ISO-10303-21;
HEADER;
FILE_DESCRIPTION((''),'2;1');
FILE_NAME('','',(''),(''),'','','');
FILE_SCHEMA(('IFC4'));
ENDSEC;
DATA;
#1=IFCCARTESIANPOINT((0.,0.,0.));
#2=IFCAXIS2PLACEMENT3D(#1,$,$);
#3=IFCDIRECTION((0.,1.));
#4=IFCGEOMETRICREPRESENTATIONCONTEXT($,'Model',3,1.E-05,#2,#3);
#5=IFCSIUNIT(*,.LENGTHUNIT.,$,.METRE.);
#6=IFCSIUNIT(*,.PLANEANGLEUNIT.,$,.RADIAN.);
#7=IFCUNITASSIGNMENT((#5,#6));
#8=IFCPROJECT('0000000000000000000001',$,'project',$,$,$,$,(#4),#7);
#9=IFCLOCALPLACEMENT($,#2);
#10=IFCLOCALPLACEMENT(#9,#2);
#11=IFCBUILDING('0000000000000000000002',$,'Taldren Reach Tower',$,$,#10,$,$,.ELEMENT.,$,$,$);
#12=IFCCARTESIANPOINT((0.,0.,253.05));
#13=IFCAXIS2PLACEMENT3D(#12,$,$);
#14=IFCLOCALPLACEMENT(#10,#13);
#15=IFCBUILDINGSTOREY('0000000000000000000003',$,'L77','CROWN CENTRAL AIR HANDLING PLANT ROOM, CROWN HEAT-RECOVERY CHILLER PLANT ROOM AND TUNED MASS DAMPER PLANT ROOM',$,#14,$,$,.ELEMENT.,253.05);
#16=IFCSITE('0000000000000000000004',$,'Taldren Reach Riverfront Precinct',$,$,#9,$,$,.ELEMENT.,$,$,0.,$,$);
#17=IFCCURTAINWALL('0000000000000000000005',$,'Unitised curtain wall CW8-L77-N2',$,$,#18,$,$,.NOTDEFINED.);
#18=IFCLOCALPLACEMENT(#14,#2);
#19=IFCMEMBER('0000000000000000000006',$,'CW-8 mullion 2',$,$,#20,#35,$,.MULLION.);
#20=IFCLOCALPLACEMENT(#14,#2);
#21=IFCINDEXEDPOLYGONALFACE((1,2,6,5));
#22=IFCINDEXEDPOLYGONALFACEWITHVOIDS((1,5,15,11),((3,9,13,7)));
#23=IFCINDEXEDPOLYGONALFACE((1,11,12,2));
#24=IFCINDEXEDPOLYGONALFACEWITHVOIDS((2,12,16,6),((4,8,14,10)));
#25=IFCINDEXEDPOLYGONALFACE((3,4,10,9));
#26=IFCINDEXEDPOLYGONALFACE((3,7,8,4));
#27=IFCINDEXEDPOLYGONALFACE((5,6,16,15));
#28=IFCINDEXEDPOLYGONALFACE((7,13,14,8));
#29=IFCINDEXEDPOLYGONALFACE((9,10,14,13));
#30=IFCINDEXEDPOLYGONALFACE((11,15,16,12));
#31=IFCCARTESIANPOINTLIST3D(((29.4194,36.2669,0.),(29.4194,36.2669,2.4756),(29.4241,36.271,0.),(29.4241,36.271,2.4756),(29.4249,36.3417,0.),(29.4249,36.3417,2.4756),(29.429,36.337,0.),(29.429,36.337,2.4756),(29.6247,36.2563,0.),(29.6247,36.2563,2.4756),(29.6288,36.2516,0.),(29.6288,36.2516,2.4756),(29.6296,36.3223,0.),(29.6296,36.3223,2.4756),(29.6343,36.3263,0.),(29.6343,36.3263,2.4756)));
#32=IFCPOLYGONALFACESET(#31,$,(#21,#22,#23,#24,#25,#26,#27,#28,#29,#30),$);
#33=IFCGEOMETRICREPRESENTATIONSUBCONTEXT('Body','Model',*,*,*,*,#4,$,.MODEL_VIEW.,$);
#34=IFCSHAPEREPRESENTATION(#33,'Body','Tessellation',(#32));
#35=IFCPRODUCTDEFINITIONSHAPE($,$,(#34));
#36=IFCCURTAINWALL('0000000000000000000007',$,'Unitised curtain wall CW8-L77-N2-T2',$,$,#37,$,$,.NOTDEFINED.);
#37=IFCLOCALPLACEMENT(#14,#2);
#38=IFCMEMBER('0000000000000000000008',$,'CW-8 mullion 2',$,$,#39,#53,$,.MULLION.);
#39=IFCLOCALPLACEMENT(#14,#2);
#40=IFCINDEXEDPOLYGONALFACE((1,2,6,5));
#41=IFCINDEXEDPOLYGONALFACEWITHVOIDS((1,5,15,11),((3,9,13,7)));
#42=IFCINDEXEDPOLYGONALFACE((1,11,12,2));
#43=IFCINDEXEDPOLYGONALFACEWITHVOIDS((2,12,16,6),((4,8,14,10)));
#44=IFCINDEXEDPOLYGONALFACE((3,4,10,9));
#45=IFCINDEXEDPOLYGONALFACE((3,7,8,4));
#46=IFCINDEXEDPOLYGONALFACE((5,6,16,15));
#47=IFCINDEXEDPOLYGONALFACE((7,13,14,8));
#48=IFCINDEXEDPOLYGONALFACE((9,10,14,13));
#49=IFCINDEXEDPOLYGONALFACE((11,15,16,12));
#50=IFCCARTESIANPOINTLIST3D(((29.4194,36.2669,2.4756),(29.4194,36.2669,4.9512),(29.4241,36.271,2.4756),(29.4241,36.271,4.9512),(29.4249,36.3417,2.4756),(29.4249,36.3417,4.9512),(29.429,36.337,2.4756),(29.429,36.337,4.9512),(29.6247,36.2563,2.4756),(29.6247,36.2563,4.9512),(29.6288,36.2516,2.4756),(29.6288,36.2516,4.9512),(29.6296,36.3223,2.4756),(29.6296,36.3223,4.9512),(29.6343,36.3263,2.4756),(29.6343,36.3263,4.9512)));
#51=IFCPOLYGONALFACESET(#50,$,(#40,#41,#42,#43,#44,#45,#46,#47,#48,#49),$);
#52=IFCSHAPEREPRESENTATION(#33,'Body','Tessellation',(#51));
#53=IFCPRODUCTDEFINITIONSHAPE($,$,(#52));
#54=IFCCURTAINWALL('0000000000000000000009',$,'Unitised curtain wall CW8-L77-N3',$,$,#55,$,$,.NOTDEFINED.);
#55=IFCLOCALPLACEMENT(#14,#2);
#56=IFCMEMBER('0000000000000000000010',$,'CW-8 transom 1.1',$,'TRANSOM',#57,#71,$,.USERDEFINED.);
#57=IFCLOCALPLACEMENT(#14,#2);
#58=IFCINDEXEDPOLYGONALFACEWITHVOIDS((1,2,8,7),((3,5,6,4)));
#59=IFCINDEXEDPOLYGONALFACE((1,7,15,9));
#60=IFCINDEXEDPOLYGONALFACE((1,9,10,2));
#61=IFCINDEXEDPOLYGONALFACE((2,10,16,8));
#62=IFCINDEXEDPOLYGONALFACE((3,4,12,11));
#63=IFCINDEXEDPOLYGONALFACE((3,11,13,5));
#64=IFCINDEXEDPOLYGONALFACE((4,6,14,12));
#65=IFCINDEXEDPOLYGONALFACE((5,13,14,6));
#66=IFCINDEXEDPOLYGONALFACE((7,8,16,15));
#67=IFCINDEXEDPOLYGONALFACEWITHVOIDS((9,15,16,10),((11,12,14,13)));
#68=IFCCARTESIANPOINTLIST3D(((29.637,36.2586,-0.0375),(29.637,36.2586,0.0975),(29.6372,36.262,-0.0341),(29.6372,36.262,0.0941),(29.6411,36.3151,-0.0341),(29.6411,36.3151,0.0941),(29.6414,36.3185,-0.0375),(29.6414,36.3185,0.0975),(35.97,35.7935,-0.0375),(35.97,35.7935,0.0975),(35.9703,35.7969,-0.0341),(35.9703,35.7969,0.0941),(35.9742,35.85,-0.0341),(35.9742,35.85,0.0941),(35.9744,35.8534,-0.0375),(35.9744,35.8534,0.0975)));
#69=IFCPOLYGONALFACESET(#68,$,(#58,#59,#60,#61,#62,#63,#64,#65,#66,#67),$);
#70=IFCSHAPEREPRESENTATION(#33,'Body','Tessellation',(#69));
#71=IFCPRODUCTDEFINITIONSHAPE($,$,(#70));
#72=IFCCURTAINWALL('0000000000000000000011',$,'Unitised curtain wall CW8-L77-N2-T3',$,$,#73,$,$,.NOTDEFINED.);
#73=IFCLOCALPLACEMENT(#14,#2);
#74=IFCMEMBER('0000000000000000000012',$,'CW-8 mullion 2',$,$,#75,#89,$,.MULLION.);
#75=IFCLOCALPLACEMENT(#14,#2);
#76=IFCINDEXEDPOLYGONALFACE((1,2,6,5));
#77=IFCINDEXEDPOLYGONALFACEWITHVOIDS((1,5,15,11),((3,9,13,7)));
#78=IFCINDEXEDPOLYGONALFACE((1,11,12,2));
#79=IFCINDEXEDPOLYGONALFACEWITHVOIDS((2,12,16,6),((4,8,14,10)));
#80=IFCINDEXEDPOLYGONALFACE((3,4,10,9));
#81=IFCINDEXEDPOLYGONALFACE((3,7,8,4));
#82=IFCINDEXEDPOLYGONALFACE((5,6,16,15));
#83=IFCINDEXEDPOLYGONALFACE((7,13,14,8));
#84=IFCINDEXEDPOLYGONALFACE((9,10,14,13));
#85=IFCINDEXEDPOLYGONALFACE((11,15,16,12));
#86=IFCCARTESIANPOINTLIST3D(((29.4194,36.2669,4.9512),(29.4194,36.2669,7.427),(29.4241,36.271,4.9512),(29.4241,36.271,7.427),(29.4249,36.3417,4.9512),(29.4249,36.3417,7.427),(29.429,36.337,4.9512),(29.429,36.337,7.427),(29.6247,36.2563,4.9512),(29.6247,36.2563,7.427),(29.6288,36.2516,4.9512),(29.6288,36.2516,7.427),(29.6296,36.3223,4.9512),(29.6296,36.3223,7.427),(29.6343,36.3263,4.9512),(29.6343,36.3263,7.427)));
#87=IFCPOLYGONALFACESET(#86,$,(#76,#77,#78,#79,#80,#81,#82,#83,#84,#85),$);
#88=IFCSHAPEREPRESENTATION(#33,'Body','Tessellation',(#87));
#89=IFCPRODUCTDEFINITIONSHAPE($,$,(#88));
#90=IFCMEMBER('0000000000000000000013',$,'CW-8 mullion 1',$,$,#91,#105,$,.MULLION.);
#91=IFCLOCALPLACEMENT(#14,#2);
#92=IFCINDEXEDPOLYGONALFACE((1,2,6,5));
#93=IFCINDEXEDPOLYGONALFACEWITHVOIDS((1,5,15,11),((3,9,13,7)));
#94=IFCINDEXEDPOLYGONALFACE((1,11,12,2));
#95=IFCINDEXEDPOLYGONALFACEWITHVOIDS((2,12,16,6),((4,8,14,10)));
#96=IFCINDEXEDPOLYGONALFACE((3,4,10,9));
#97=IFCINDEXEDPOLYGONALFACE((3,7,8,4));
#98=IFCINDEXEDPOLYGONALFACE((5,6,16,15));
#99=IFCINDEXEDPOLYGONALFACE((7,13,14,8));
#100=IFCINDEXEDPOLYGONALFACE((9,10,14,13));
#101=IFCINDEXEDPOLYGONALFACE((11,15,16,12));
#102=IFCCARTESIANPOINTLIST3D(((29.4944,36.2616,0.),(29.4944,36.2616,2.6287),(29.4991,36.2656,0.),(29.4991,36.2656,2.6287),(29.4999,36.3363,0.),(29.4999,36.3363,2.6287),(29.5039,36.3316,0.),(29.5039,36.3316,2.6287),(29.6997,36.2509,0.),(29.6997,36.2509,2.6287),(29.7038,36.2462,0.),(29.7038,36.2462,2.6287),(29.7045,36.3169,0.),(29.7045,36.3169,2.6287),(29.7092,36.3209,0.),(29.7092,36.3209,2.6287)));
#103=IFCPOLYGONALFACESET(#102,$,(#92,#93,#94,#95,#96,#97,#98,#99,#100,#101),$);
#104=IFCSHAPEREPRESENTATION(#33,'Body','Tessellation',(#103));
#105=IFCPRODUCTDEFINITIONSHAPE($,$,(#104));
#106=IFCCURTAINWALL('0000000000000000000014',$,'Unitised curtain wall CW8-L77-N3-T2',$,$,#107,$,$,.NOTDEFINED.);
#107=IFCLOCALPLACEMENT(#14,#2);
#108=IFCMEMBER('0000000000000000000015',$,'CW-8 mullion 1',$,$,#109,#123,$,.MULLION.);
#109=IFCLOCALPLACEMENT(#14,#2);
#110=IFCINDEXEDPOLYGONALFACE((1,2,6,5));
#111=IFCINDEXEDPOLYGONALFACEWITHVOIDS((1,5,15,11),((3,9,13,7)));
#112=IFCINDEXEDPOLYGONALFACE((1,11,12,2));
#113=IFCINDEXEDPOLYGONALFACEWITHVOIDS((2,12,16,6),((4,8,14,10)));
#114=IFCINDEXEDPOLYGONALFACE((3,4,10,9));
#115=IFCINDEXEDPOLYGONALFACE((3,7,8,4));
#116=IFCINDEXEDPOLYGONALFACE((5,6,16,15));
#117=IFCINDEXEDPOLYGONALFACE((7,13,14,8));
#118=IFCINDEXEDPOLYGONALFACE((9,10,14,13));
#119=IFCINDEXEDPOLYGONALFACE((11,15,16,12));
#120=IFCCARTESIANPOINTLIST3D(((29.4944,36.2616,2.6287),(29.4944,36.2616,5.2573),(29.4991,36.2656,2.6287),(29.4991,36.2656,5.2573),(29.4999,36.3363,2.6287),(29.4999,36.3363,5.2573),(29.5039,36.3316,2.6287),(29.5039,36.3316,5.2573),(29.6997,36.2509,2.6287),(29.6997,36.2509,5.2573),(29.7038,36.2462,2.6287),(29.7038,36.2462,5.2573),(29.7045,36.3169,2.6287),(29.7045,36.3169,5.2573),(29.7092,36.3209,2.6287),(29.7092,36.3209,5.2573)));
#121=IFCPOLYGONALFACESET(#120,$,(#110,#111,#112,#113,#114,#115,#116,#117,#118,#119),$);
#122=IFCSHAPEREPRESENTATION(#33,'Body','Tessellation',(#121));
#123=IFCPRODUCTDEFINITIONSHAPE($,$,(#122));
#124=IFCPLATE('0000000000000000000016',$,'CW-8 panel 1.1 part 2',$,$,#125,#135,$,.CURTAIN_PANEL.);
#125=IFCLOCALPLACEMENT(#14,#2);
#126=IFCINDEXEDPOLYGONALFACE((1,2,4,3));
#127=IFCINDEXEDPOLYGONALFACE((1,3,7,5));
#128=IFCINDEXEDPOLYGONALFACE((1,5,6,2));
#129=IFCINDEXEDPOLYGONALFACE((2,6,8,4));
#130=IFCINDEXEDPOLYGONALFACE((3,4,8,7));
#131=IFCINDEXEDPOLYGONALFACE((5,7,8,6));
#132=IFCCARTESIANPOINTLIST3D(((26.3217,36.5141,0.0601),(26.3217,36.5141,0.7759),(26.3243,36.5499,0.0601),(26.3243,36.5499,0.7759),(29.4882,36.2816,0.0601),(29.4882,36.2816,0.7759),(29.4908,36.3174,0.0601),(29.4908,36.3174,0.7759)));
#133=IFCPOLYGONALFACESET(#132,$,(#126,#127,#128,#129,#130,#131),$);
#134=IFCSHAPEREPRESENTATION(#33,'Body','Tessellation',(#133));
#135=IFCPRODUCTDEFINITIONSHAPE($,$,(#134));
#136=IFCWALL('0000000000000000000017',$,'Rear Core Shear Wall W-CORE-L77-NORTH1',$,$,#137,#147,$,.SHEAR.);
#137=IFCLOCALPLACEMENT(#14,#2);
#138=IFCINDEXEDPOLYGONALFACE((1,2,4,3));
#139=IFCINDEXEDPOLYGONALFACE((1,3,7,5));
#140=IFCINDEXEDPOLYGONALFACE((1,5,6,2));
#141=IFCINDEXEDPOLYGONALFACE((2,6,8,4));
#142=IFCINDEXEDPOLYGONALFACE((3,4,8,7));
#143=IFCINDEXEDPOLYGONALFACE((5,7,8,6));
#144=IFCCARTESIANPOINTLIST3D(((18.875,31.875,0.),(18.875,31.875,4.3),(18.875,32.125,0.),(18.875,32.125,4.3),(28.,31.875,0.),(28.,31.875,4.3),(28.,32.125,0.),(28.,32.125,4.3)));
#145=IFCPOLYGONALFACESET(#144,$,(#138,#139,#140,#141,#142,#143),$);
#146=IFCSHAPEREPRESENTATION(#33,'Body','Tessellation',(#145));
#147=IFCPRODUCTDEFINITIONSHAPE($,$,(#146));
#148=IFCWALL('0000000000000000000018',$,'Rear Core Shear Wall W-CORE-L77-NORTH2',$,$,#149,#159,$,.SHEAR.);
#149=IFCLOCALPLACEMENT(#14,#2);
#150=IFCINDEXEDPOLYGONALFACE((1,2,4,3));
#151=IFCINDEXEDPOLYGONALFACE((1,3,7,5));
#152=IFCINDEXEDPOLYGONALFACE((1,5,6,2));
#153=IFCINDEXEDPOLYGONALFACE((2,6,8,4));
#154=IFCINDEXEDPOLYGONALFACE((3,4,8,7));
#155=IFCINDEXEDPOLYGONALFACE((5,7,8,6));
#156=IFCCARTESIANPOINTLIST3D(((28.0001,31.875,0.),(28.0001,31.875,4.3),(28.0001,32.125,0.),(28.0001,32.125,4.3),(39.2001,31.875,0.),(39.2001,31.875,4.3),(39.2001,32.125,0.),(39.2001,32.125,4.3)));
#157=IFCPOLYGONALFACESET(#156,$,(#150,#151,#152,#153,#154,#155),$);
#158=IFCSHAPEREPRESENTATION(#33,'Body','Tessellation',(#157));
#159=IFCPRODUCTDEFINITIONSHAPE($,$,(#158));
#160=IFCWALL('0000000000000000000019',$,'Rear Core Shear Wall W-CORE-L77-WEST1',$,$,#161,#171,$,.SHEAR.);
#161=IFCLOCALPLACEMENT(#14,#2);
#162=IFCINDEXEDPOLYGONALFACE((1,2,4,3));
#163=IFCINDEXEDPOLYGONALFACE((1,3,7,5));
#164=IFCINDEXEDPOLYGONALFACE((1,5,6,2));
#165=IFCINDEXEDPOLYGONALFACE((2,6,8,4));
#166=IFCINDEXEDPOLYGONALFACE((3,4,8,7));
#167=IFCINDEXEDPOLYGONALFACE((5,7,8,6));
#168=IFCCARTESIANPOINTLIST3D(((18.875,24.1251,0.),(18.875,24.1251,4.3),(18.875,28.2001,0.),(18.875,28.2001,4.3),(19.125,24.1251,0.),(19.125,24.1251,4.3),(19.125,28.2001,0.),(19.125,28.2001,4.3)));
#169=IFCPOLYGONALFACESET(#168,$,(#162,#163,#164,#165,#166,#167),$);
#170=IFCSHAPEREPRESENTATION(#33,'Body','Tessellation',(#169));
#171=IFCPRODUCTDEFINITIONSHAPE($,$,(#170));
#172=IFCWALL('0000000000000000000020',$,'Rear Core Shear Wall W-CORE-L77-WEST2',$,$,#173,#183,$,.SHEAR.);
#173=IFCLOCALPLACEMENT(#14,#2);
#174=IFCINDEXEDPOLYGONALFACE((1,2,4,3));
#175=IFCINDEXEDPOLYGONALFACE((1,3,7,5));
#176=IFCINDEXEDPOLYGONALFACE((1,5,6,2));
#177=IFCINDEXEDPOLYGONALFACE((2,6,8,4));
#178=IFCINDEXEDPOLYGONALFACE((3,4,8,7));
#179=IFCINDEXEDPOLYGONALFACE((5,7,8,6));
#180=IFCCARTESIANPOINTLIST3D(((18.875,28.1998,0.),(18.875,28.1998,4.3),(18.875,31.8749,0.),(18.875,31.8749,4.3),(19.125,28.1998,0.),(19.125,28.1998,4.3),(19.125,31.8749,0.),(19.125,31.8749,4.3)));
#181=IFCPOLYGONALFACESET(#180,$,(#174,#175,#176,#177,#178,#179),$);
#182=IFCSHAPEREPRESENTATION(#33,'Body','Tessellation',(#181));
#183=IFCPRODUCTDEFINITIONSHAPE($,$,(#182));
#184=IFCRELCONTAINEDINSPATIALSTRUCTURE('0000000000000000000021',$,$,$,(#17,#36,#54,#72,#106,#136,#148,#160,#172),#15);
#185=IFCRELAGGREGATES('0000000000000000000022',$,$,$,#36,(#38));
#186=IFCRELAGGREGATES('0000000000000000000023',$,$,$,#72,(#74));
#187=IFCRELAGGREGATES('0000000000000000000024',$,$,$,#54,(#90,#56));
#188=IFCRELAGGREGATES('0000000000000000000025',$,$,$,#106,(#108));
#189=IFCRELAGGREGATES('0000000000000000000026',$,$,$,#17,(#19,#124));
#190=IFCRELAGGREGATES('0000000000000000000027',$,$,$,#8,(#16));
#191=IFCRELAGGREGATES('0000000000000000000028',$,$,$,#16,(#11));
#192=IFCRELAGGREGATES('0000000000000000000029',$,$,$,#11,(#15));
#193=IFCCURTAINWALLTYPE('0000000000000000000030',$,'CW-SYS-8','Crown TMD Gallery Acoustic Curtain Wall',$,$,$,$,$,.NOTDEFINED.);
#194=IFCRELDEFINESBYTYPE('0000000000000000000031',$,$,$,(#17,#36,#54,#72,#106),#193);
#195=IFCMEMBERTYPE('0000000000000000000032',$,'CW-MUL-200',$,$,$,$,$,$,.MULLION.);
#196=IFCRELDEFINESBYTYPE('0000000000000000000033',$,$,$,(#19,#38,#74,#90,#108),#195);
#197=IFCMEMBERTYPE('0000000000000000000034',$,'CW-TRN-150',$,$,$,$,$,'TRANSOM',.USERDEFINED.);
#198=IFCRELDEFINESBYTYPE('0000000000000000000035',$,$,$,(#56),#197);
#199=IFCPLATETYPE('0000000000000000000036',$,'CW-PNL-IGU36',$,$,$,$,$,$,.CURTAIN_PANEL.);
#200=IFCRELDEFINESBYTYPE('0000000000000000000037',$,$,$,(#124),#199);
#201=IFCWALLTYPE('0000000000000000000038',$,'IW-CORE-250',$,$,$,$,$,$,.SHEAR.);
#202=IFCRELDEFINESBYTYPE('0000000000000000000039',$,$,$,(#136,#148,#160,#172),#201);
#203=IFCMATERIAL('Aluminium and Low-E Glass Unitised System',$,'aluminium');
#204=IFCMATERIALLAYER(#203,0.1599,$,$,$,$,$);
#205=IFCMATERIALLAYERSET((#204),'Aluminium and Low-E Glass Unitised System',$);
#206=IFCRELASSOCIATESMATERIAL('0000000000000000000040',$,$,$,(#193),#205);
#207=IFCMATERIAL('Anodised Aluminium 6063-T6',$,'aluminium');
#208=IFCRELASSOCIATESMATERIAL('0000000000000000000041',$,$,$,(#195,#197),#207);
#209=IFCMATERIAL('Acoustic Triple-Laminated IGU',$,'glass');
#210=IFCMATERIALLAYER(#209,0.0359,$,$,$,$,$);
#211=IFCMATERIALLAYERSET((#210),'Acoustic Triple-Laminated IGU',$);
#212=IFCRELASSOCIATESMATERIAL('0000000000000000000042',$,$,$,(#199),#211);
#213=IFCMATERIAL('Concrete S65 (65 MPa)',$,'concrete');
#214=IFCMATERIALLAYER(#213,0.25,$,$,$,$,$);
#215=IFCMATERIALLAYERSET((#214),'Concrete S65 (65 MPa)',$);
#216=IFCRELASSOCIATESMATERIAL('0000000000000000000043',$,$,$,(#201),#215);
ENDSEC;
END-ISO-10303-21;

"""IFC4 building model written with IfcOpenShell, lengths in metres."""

from ifc_helpers import new_model, si_unit, direction, frame, frame_2d, origin, origin_2d, place, context, subcontext, project, spatial, rectangle, hollow_rectangle, extrude, source, transform, mapped, material, layer, layer_set, material_profile, profile_set, type_object, element, aggregate, save


model = new_model("IFC4")

# Units and contexts
model_context = context("Model", 3, precision=1e-05, world=origin(), true_north=direction((0.0, 1.0)))
body_context = subcontext(model_context, "Body", "Model", "MODEL_VIEW")
ifc_project = project(units=[si_unit("LENGTHUNIT", "METRE"), si_unit("PLANEANGLEUNIT", "RADIAN")], contexts=[model_context])

# Site, building, storey
site_placement = place(None, origin())
site = spatial("IfcSite", under=ifc_project, at=site_placement, Name="Taldren Reach Riverfront Precinct", CompositionType="ELEMENT", RefElevation=0.0)
building_placement = place(site_placement, origin())
building = spatial("IfcBuilding", under=site, at=building_placement, Name="Taldren Reach Tower", CompositionType="ELEMENT")
storey_placement = place(building_placement, frame((0.0, 0.0, 253.05)))
storey = spatial("IfcBuildingStorey", under=building, at=storey_placement, Name="L77", Description="CROWN CENTRAL AIR HANDLING PLANT ROOM, CROWN HEAT-RECOVERY CHILLER PLANT ROOM AND TUNED MASS DAMPER PLANT ROOM", CompositionType="ELEMENT", Elevation=253.05)

# Curtain walls, members
ifc_material_1 = material(Name="Aluminium and Low-E Glass Unitised System", Category="aluminium")
ifc_layer_1 = layer(ifc_material_1, 0.1599)
ifc_layer_set_1 = layer_set([ifc_layer_1], Name="Aluminium and Low-E Glass Unitised System")
curtain_wall_type = type_object("IfcCurtainWallType", Name="CW-SYS-8", Description="Crown TMD Gallery Acoustic Curtain Wall", PredefinedType="NOTDEFINED", material=ifc_layer_set_1)
curtain_wall_1_placement = place(storey_placement, origin())
curtain_wall_1 = element("IfcCurtainWall", 1, at=curtain_wall_1_placement, inside=storey, type_object=curtain_wall_type, Name="Unitised curtain wall CW8-L77-N2", PredefinedType="NOTDEFINED")
ifc_material_2 = material(Name="Anodised Aluminium 6063-T6", Category="aluminium")
ifc_material_profile_1 = material_profile(ifc_material_2, hollow_rectangle(XDim=0.075, YDim=0.21, WallThickness=0.0044, at=origin_2d()), Name="ALU-210x75x4.5RHS")
ifc_profile_set_1 = profile_set([ifc_material_profile_1], Name="Anodised Aluminium 6063-T6")
member_type_1 = type_object("IfcMemberType", Name="CW-MUL-200", PredefinedType="MULLION", material=ifc_profile_set_1)
shared_shape_1 = source(origin(), body_context, "Body", "SweptSolid", [
    extrude(hollow_rectangle(XDim=0.075, YDim=0.21, WallThickness=0.0044, at=origin_2d()), origin(), (0.0, 0.0, 1.0), 2.4756),
])
member_1_placement = place(storey_placement, frame((29.5269, 36.2966, 0.0), z_axis=(0.0, 0.0, 1.0), x_axis=(0.073238, 0.997314, 0.0)))
member_1 = element("IfcMember", 2, at=member_1_placement, type_object=member_type_1, Name="CW-8 mullion 2", PredefinedType="MULLION", context=body_context, shape_type="MappedRepresentation", body=[
    mapped(shared_shape_1, transform((0.0, 0.0, 0.0), scale=1.0)),
])
curtain_wall_2_placement = place(storey_placement, origin())
curtain_wall_2 = element("IfcCurtainWall", 3, at=curtain_wall_2_placement, inside=storey, type_object=curtain_wall_type, Name="Unitised curtain wall CW8-L77-N2-T2", PredefinedType="NOTDEFINED")
member_2_placement = place(storey_placement, frame((29.5269, 36.2966, 2.4756), z_axis=(0.0, 0.0, 1.0), x_axis=(0.073238, 0.997314, 0.0)))
member_2 = element("IfcMember", 4, at=member_2_placement, type_object=member_type_1, Name="CW-8 mullion 2", PredefinedType="MULLION", context=body_context, shape_type="MappedRepresentation", body=[
    mapped(shared_shape_1, transform((0.0, 0.0, 0.0), scale=1.0)),
])
aggregate(curtain_wall_2, [member_2])
curtain_wall_3_placement = place(storey_placement, origin())
curtain_wall_3 = element("IfcCurtainWall", 5, at=curtain_wall_3_placement, inside=storey, type_object=curtain_wall_type, Name="Unitised curtain wall CW8-L77-N3", PredefinedType="NOTDEFINED")
ifc_material_profile_2 = material_profile(ifc_material_2, hollow_rectangle(XDim=0.0601, YDim=0.135, WallThickness=0.0034, at=origin_2d()), Name="ALU-135x60x3.5RHS")
ifc_profile_set_2 = profile_set([ifc_material_profile_2], Name="Anodised Aluminium 6063-T6")
member_type_2 = type_object("IfcMemberType", Name="CW-TRN-150", ElementType="TRANSOM", PredefinedType="USERDEFINED", material=ifc_profile_set_2)
shared_shape_2 = source(origin(), body_context, "Body", "SweptSolid", [
    extrude(hollow_rectangle(XDim=0.0601, YDim=0.135, WallThickness=0.0034, at=origin_2d()), origin(), (0.0, 0.0, 1.0), 6.3501),
])
member_3_placement = place(storey_placement, frame((29.6392, 36.2886, 0.03), z_axis=(0.997314, -0.073241, 0.0), x_axis=(0.073241, 0.997314, 0.0)))
member_3 = element("IfcMember", 6, at=member_3_placement, type_object=member_type_2, Name="CW-8 transom 1.1", ObjectType="TRANSOM", PredefinedType="USERDEFINED", context=body_context, shape_type="MappedRepresentation", body=[
    mapped(shared_shape_2, transform((0.0, 0.0, 0.0), scale=1.0)),
])
curtain_wall_4_placement = place(storey_placement, origin())
curtain_wall_4 = element("IfcCurtainWall", 7, at=curtain_wall_4_placement, inside=storey, type_object=curtain_wall_type, Name="Unitised curtain wall CW8-L77-N2-T3", PredefinedType="NOTDEFINED")
shared_shape_3 = source(origin(), body_context, "Body", "SweptSolid", [
    extrude(hollow_rectangle(XDim=0.075, YDim=0.21, WallThickness=0.0044, at=origin_2d()), origin(), (0.0, 0.0, 1.0), 2.4758),
])
member_4_placement = place(storey_placement, frame((29.5269, 36.2966, 4.9512), z_axis=(0.0, 0.0, 1.0), x_axis=(0.073238, 0.997314, 0.0)))
member_4 = element("IfcMember", 8, at=member_4_placement, type_object=member_type_1, Name="CW-8 mullion 2", PredefinedType="MULLION", context=body_context, shape_type="MappedRepresentation", body=[
    mapped(shared_shape_3, transform((0.0, 0.0, 0.0), scale=1.0)),
])
aggregate(curtain_wall_4, [member_4])

# Member
shared_shape_4 = source(origin(), body_context, "Body", "SweptSolid", [
    extrude(hollow_rectangle(XDim=0.075, YDim=0.21, WallThickness=0.0044, at=origin_2d()), origin(), (0.0, 0.0, 1.0), 2.6287),
])
member_5_placement = place(storey_placement, frame((29.6018, 36.2913, 0.0), z_axis=(0.0, 0.0, 1.0), x_axis=(0.073237, 0.997315, 0.0)))
member_5 = element("IfcMember", 9, at=member_5_placement, type_object=member_type_1, Name="CW-8 mullion 1", PredefinedType="MULLION", context=body_context, shape_type="MappedRepresentation", body=[
    mapped(shared_shape_4, transform((0.0, 0.0, 0.0), scale=1.0)),
])
aggregate(curtain_wall_3, [member_5, member_3])

# Curtain wall, member
curtain_wall_5_placement = place(storey_placement, origin())
curtain_wall_5 = element("IfcCurtainWall", 10, at=curtain_wall_5_placement, inside=storey, type_object=curtain_wall_type, Name="Unitised curtain wall CW8-L77-N3-T2", PredefinedType="NOTDEFINED")
member_6_placement = place(storey_placement, frame((29.6018, 36.2913, 2.6287), z_axis=(0.0, 0.0, 1.0), x_axis=(0.073237, 0.997315, 0.0)))
member_6 = element("IfcMember", 11, at=member_6_placement, type_object=member_type_1, Name="CW-8 mullion 1", PredefinedType="MULLION", context=body_context, shape_type="MappedRepresentation", body=[
    mapped(shared_shape_4, transform((0.0, 0.0, 0.0), scale=1.0)),
])
aggregate(curtain_wall_5, [member_6])

# Plate
ifc_material_3 = material(Name="Acoustic Triple-Laminated IGU", Category="glass")
ifc_layer_2 = layer(ifc_material_3, 0.0359)
ifc_layer_set_2 = layer_set([ifc_layer_2], Name="Acoustic Triple-Laminated IGU")
plate_type = type_object("IfcPlateType", Name="CW-PNL-IGU36", PredefinedType="CURTAIN_PANEL", material=ifc_layer_set_2)
shared_shape_5 = source(origin(), body_context, "Body", "SweptSolid", [
    extrude(rectangle(XDim=3.175, YDim=0.0359, at=origin_2d()), origin(), (0.0, 0.0, 1.0), 0.7158),
])
plate_placement = place(storey_placement, frame((27.9062, 36.4158, 0.0601), z_axis=(0.0, 0.0, 1.0), x_axis=(0.997314, -0.073238, 0.0)))
plate = element("IfcPlate", 12, at=plate_placement, type_object=plate_type, Name="CW-8 panel 1.1 part 2", PredefinedType="CURTAIN_PANEL", context=body_context, shape_type="MappedRepresentation", body=[
    mapped(shared_shape_5, transform((0.0, 0.0, 0.0), scale=1.0)),
])
aggregate(curtain_wall_1, [member_1, plate])

# Walls
ifc_material_4 = material(Name="Concrete S65 (65 MPa)", Category="concrete")
ifc_layer_3 = layer(ifc_material_4, 0.25)
ifc_layer_set_3 = layer_set([ifc_layer_3], Name="Concrete S65 (65 MPa)")
wall_type_1 = type_object("IfcWallType", Name="IW-CORE-250", PredefinedType="SHEAR", material=ifc_layer_set_3)
shared_shape_6 = source(origin(), body_context, "Body", "SweptSolid", [
    extrude(rectangle(XDim=9.125, YDim=0.25, at=frame_2d((4.5625, 0.0))), origin(), (0.0, 0.0, 1.0), 4.3),
])
wall_1_placement = place(storey_placement, frame((18.875, 32.0, 0.0), z_axis=(0.0, 0.0, 1.0), x_axis=(1.0, 0.0, 0.0)))
element("IfcWall", 13, at=wall_1_placement, inside=storey, type_object=wall_type_1, Name="Rear Core Shear Wall W-CORE-L77-NORTH1", PredefinedType="SHEAR", context=body_context, shape_type="MappedRepresentation", body=[
    mapped(shared_shape_6, transform((0.0, 0.0, 0.0), scale=1.0)),
])
shared_shape_7 = source(origin(), body_context, "Body", "SweptSolid", [
    extrude(rectangle(XDim=11.2, YDim=0.25, at=frame_2d((5.6001, 0.0))), origin(), (0.0, 0.0, 1.0), 4.3),
])
wall_2_placement = place(storey_placement, frame((28.0, 32.0, 0.0), z_axis=(0.0, 0.0, 1.0), x_axis=(1.0, 0.0, 0.0)))
element("IfcWall", 14, at=wall_2_placement, inside=storey, type_object=wall_type_1, Name="Rear Core Shear Wall W-CORE-L77-NORTH2", PredefinedType="SHEAR", context=body_context, shape_type="MappedRepresentation", body=[
    mapped(shared_shape_7, transform((0.0, 0.0, 0.0), scale=1.0)),
])
shared_shape_8 = source(origin(), body_context, "Body", "SweptSolid", [
    extrude(rectangle(XDim=4.075, YDim=0.25, at=frame_2d((2.0376, 0.0))), origin(), (0.0, 0.0, 1.0), 4.3),
])
wall_3_placement = place(storey_placement, frame((19.0, 24.125, 0.0), z_axis=(0.0, 0.0, 1.0), x_axis=(0.0, 1.0, 0.0)))
element("IfcWall", 15, at=wall_3_placement, inside=storey, type_object=wall_type_1, Name="Rear Core Shear Wall W-CORE-L77-WEST1", PredefinedType="SHEAR", context=body_context, shape_type="MappedRepresentation", body=[
    mapped(shared_shape_8, transform((0.0, 0.0, 0.0), scale=1.0)),
])
shared_shape_9 = source(origin(), body_context, "Body", "SweptSolid", [
    extrude(rectangle(XDim=3.675, YDim=0.25, at=frame_2d((1.8374, 0.0))), origin(), (0.0, 0.0, 1.0), 4.3),
])
wall_4_placement = place(storey_placement, frame((19.0, 28.2, 0.0), z_axis=(0.0, 0.0, 1.0), x_axis=(0.0, 1.0, 0.0)))
element("IfcWall", 16, at=wall_4_placement, inside=storey, type_object=wall_type_1, Name="Rear Core Shear Wall W-CORE-L77-WEST2", PredefinedType="SHEAR", context=body_context, shape_type="MappedRepresentation", body=[
    mapped(shared_shape_9, transform((0.0, 0.0, 0.0), scale=1.0)),
])

save(model, "model.ifc")
